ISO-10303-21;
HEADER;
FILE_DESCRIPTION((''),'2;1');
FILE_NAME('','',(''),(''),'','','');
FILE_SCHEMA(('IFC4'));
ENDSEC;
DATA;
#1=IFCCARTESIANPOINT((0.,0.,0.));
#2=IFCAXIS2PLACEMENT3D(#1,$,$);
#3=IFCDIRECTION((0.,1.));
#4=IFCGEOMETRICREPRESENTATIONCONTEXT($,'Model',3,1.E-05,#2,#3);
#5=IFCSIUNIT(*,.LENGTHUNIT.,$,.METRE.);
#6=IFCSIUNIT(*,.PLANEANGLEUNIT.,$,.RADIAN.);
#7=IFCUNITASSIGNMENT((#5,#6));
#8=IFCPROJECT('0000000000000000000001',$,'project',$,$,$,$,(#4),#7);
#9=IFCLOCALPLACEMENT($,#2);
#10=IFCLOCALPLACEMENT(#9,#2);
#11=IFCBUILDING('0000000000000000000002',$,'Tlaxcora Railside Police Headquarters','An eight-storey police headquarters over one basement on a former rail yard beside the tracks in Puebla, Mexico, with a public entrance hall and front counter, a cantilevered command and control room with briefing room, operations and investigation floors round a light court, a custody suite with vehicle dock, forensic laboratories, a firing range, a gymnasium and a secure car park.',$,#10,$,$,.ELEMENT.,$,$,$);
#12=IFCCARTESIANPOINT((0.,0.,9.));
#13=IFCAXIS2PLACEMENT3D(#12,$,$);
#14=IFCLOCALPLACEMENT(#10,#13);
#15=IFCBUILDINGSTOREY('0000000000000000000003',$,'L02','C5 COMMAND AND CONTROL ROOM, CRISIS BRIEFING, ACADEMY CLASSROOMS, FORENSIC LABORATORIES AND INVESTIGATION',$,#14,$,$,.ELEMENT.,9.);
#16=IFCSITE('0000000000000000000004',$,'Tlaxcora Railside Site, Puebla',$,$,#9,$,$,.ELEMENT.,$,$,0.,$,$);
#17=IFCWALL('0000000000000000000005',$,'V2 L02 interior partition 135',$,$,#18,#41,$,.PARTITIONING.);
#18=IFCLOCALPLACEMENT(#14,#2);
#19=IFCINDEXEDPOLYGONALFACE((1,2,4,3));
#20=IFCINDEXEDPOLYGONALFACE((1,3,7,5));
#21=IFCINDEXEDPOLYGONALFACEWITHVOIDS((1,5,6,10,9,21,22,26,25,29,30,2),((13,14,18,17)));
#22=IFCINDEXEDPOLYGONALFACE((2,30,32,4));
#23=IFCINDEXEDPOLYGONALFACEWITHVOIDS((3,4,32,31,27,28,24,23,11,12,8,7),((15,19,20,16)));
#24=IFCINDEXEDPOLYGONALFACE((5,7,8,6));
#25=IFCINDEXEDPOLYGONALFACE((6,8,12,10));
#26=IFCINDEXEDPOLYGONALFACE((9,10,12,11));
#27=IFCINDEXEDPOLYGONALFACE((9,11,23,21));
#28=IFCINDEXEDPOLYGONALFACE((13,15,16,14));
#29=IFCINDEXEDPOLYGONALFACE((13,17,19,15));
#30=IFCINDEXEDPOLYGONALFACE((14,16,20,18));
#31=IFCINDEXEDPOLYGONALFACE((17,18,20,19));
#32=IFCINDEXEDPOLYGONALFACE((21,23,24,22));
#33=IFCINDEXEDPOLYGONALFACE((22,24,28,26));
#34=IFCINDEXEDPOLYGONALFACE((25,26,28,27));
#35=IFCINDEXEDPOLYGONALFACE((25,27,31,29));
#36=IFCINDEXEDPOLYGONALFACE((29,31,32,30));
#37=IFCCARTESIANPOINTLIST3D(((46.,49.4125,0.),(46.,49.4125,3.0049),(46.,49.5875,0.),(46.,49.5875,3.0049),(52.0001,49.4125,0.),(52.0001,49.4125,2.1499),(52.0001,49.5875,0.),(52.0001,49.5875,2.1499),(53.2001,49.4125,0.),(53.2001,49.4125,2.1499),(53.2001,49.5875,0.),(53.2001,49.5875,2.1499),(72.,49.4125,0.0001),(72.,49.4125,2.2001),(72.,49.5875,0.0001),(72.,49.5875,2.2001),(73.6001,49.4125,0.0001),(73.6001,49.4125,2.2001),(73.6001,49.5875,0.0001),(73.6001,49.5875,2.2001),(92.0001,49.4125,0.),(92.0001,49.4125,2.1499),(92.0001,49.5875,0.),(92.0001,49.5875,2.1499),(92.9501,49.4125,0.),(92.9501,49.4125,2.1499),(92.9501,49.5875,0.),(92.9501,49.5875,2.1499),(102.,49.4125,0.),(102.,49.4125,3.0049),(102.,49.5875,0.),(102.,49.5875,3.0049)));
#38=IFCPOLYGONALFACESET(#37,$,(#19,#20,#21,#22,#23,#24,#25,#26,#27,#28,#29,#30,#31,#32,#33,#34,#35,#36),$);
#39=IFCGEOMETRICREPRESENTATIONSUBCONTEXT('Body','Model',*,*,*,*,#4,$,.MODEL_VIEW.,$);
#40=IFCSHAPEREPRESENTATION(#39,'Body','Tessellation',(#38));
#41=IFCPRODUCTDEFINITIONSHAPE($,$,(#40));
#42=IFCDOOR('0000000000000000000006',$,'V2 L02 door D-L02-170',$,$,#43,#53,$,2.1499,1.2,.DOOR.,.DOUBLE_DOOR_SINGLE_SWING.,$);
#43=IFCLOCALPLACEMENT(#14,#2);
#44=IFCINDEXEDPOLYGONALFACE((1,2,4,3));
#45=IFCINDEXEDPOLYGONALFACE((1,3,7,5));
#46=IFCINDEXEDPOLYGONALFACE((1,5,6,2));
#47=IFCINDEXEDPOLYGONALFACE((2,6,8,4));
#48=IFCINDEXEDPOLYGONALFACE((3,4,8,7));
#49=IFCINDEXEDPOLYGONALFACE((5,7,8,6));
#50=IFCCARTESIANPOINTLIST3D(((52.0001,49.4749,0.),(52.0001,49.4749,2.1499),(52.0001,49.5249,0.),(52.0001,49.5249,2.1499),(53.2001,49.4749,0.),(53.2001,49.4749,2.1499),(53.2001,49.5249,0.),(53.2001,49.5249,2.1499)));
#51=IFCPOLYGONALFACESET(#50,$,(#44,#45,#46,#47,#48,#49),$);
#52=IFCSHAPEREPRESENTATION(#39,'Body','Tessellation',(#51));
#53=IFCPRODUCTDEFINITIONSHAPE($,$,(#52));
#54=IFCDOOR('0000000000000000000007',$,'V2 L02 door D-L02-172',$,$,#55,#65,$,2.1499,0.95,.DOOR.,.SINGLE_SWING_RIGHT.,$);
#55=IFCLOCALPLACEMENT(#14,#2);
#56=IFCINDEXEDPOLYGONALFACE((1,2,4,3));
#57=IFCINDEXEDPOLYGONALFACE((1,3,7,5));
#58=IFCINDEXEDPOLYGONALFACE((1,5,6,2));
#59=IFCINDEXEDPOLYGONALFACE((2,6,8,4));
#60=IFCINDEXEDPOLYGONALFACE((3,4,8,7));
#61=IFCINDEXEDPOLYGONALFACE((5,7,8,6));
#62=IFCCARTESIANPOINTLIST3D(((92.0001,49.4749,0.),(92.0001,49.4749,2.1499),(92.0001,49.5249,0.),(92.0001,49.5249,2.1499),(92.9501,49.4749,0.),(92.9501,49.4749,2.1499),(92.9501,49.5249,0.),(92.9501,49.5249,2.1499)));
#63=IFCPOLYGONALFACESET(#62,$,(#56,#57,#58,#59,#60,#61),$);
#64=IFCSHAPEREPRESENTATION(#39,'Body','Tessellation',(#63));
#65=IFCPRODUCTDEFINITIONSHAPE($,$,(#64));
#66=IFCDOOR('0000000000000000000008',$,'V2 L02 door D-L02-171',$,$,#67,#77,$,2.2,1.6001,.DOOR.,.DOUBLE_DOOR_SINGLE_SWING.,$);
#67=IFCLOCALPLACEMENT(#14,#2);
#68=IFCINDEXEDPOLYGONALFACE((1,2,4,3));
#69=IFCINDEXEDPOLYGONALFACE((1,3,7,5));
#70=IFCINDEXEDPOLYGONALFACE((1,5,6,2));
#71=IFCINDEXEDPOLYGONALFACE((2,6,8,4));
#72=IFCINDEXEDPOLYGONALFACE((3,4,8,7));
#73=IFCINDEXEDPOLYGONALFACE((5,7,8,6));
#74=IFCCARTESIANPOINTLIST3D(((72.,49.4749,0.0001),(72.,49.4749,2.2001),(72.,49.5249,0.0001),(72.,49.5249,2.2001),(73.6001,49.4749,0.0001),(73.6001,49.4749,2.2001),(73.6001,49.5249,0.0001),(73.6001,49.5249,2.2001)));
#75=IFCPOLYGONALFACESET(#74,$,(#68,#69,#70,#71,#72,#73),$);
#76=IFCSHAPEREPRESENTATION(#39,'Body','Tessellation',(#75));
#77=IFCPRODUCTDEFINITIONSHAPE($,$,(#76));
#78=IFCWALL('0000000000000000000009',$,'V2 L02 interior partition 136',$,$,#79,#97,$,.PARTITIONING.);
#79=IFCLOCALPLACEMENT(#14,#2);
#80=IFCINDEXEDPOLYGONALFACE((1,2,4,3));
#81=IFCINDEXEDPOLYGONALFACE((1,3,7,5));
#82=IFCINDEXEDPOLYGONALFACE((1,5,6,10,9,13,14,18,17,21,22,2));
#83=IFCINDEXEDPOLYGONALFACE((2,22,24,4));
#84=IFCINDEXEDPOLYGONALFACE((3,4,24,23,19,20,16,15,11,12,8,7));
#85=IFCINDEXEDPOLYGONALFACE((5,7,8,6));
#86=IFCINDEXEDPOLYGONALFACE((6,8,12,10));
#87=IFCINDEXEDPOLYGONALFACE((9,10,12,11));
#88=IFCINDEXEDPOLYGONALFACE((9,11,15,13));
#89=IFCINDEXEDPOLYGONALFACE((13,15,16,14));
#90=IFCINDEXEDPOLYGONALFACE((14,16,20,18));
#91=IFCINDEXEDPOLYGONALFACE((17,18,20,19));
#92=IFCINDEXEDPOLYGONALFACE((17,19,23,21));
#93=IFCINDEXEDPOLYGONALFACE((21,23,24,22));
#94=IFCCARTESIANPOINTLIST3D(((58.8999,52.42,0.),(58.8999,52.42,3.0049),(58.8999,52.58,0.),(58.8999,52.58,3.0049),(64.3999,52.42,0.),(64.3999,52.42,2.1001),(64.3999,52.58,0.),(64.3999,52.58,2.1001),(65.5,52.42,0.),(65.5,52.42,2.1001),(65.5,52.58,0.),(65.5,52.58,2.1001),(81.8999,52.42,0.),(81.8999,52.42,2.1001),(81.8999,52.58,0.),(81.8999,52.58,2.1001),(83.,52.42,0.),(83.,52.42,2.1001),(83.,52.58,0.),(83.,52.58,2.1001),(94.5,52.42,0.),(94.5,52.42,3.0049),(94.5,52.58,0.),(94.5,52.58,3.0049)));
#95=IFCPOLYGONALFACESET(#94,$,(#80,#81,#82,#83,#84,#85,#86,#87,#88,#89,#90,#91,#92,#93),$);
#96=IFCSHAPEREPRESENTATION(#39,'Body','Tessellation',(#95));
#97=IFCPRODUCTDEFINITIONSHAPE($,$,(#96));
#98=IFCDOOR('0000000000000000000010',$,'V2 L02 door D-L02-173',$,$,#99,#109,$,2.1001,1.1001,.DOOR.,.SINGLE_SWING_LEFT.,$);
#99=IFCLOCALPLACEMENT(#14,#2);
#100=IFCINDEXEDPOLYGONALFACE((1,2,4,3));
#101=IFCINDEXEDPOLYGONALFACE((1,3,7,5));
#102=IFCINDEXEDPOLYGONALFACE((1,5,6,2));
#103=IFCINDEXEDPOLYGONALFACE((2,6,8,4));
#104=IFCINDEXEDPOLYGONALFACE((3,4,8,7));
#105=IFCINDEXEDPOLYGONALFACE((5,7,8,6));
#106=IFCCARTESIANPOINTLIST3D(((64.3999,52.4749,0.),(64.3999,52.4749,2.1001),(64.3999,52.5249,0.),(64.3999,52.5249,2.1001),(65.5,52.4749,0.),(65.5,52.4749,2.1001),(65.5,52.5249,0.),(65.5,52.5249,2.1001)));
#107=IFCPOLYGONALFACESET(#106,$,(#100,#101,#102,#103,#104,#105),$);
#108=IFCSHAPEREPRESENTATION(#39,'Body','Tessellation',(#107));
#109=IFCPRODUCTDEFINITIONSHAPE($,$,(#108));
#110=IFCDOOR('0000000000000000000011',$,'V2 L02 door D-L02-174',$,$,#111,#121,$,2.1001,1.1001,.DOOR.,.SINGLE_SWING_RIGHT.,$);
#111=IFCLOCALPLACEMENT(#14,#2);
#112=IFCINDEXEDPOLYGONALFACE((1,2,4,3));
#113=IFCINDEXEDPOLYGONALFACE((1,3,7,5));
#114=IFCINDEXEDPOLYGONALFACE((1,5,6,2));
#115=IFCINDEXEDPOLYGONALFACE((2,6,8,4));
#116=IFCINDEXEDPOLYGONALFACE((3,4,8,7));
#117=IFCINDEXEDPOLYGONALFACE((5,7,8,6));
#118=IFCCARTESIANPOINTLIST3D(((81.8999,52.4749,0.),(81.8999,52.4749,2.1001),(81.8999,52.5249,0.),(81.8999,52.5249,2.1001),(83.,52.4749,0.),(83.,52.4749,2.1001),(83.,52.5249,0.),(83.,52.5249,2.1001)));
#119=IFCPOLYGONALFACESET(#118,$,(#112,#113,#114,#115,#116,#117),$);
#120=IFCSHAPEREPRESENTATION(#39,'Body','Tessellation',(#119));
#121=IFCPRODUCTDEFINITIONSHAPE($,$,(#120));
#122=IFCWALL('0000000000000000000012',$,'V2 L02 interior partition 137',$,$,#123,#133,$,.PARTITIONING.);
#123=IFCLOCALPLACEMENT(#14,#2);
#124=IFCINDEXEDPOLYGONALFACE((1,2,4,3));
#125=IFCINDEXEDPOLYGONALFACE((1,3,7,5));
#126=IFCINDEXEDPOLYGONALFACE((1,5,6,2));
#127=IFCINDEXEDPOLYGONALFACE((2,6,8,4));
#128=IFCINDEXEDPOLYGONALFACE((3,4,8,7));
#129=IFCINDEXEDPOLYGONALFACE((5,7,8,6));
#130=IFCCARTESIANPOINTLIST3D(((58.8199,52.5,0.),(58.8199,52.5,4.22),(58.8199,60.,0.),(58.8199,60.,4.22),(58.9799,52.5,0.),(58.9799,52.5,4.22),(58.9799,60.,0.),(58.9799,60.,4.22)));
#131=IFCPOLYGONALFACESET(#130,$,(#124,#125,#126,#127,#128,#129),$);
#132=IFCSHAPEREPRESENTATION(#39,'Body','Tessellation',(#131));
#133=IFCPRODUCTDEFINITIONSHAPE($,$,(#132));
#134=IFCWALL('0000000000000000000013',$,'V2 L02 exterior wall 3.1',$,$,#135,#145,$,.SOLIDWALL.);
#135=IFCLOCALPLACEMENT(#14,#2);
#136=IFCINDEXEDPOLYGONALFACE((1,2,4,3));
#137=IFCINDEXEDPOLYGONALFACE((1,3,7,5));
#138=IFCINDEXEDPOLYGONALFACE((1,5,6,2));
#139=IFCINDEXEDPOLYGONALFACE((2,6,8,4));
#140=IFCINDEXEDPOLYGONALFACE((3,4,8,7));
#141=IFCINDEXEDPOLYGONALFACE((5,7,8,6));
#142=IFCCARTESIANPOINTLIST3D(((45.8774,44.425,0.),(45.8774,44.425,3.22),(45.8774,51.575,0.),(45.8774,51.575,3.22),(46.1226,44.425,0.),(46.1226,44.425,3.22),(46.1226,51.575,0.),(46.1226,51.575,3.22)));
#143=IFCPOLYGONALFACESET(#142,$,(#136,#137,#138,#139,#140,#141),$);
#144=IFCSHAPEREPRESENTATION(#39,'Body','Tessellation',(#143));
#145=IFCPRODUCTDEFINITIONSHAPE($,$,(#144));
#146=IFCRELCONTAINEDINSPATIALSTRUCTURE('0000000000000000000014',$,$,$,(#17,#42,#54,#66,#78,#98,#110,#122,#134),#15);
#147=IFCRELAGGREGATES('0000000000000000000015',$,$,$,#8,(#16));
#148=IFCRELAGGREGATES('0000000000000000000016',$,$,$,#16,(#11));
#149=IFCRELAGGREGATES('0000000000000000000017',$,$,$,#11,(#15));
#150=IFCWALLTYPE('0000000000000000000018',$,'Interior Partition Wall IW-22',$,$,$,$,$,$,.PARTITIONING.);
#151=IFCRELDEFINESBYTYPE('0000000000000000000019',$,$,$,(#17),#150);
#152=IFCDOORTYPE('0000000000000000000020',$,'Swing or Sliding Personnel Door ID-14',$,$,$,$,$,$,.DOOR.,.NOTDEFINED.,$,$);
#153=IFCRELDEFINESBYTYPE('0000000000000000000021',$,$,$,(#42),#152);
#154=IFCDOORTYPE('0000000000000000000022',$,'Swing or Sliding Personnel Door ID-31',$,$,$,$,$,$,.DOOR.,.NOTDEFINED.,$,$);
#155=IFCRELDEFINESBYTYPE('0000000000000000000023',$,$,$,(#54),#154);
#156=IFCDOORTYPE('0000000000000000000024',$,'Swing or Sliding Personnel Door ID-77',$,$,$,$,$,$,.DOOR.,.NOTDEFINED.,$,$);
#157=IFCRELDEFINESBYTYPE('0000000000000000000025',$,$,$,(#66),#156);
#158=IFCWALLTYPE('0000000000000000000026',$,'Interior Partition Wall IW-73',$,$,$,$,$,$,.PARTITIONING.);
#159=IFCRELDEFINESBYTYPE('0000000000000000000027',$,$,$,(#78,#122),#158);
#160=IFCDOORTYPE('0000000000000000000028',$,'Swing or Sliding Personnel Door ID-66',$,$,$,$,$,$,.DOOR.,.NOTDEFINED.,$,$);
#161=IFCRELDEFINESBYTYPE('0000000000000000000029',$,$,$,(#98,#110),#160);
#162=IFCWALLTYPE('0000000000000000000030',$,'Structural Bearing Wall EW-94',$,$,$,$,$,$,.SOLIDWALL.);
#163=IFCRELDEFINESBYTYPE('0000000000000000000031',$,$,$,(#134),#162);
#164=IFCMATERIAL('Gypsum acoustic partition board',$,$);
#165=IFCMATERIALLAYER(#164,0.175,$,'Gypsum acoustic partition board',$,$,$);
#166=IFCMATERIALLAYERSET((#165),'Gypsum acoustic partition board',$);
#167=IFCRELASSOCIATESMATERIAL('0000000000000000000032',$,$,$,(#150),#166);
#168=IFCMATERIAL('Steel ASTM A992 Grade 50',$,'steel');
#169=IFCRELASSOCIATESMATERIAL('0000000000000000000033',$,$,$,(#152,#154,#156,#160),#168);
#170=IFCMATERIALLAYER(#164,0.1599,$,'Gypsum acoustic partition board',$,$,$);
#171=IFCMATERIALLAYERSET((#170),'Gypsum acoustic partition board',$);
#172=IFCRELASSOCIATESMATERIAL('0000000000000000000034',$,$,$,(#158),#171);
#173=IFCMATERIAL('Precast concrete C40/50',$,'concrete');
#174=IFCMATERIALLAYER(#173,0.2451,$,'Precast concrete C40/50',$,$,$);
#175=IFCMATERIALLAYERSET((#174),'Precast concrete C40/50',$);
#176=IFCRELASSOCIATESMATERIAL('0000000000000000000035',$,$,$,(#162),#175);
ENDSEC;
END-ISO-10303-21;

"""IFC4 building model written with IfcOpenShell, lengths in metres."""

from ifc_helpers import new_model, si_unit, direction, frame, frame_2d, origin, place, context, subcontext, project, spatial, rectangle, extrude, material, layer, layer_set, type_object, element, fill, save


model = new_model("IFC4")

# Units and contexts
model_context = context("Model", 3, precision=1e-05, world=origin(), true_north=direction((0.0, 1.0)))
body_context = subcontext(model_context, "Body", "Model", "MODEL_VIEW")
ifc_project = project(units=[si_unit("LENGTHUNIT", "METRE"), si_unit("PLANEANGLEUNIT", "RADIAN")], contexts=[model_context])

# Site, building, storey
site_placement = place(None, origin())
site = spatial("IfcSite", under=ifc_project, at=site_placement, Name="Tlaxcora Railside Site, Puebla", CompositionType="ELEMENT", RefElevation=0.0)
building_placement = place(site_placement, origin())
building = spatial("IfcBuilding", under=site, at=building_placement, Name="Tlaxcora Railside Police Headquarters", Description="An eight-storey police headquarters over one basement on a former rail yard beside the tracks in Puebla, Mexico, with a public entrance hall and front counter, a cantilevered command and control room with briefing room, operations and investigation floors round a light court, a custody suite with vehicle dock, forensic laboratories, a firing range, a gymnasium and a secure car park.", CompositionType="ELEMENT")
storey_placement = place(building_placement, frame((0.0, 0.0, 9.0)))
storey = spatial("IfcBuildingStorey", under=building, at=storey_placement, Name="L02", Description="C5 COMMAND AND CONTROL ROOM, CRISIS BRIEFING, ACADEMY CLASSROOMS, FORENSIC LABORATORIES AND INVESTIGATION", CompositionType="ELEMENT", Elevation=9.0)

# Shared definitions
ifc_material_1 = material(Name="Steel ASTM A992 Grade 50", Category="steel")

# Walls, openings, doors
ifc_material_2 = material(Name="Gypsum acoustic partition board")
ifc_layer_1 = layer(ifc_material_2, 0.175, Name="Gypsum acoustic partition board")
ifc_layer_set_1 = layer_set([ifc_layer_1], Name="Gypsum acoustic partition board")
wall_type_1 = type_object("IfcWallType", Name="Interior Partition Wall IW-22", PredefinedType="PARTITIONING", material=ifc_layer_set_1)
wall_1_placement = place(storey_placement, frame((46.0, 49.5, 0.0), z_axis=(0.0, 0.0, 1.0), x_axis=(1.0, 0.0, 0.0)))
wall_1 = element("IfcWall", 1, at=wall_1_placement, inside=storey, type_object=wall_type_1, Name="V2 L02 interior partition 135", PredefinedType="PARTITIONING", context=body_context, shape_type="SweptSolid", body=[
    extrude(rectangle(XDim=56.0, YDim=0.175, at=frame_2d((28.0, 0.0))), origin(), (0.0, 0.0, 1.0), 3.0049),
])
opening_1_placement = place(wall_1_placement, frame((6.0, 0.0, 0.0)))
opening_1 = element("IfcOpeningElement", 2, at=opening_1_placement, cuts=wall_1, PredefinedType="OPENING", context=body_context, shape_type="SweptSolid", body=[
    extrude(rectangle(XDim=1.2, YDim=2.1499, at=frame_2d((0.6001, 1.075))), frame((0.0, 0.0977, 0.0), z_axis=(0.0, -1.0, 0.0), x_axis=(1.0, 0.0, 0.0)), (0.0, 0.0, 1.0), 0.1951),
])
opening_2_placement = place(wall_1_placement, frame((26.0, 0.0, 0.0)))
opening_2 = element("IfcOpeningElement", 3, at=opening_2_placement, cuts=wall_1, PredefinedType="OPENING", context=body_context, shape_type="SweptSolid", body=[
    extrude(rectangle(XDim=1.6001, YDim=2.2, at=frame_2d((0.8, 1.1001))), frame((0.0, 0.0977, 0.0), z_axis=(0.0, -1.0, 0.0), x_axis=(1.0, 0.0, 0.0)), (0.0, 0.0, 1.0), 0.1951),
])
opening_3_placement = place(wall_1_placement, frame((46.0, 0.0, 0.0)))
opening_3 = element("IfcOpeningElement", 4, at=opening_3_placement, cuts=wall_1, PredefinedType="OPENING", context=body_context, shape_type="SweptSolid", body=[
    extrude(rectangle(XDim=0.95, YDim=2.1499, at=frame_2d((0.4751, 1.075))), frame((0.0, 0.0977, 0.0), z_axis=(0.0, -1.0, 0.0), x_axis=(1.0, 0.0, 0.0)), (0.0, 0.0, 1.0), 0.1951),
])
door_type_1 = type_object("IfcDoorType", Name="Swing or Sliding Personnel Door ID-14", OperationType="NOTDEFINED", PredefinedType="DOOR", material=ifc_material_1)
door_1_placement = place(opening_1_placement, origin())
door_1 = element("IfcDoor", 5, at=door_1_placement, inside=storey, type_object=door_type_1, Name="V2 L02 door D-L02-170", OperationType="DOUBLE_DOOR_SINGLE_SWING", OverallHeight=2.1499, OverallWidth=1.2, PredefinedType="DOOR", context=body_context, shape_type="SweptSolid", body=[
    extrude(rectangle(XDim=1.2, YDim=2.1499, at=frame_2d((0.6001, 1.075))), frame((0.0, 0.0249, 0.0), z_axis=(0.0, -1.0, 0.0), x_axis=(1.0, 0.0, 0.0)), (0.0, 0.0, 1.0), 0.05),
])
fill(opening_1, door_1)
door_type_2 = type_object("IfcDoorType", Name="Swing or Sliding Personnel Door ID-31", OperationType="NOTDEFINED", PredefinedType="DOOR", material=ifc_material_1)
door_2_placement = place(opening_3_placement, origin())
door_2 = element("IfcDoor", 6, at=door_2_placement, inside=storey, type_object=door_type_2, Name="V2 L02 door D-L02-172", OperationType="SINGLE_SWING_RIGHT", OverallHeight=2.1499, OverallWidth=0.95, PredefinedType="DOOR", context=body_context, shape_type="SweptSolid", body=[
    extrude(rectangle(XDim=0.95, YDim=2.1499, at=frame_2d((0.4751, 1.075))), frame((0.0, 0.0249, 0.0), z_axis=(0.0, -1.0, 0.0), x_axis=(1.0, 0.0, 0.0)), (0.0, 0.0, 1.0), 0.05),
])
fill(opening_3, door_2)
door_type_3 = type_object("IfcDoorType", Name="Swing or Sliding Personnel Door ID-77", OperationType="NOTDEFINED", PredefinedType="DOOR", material=ifc_material_1)
door_3_placement = place(opening_2_placement, origin())
door_3 = element("IfcDoor", 7, at=door_3_placement, inside=storey, type_object=door_type_3, Name="V2 L02 door D-L02-171", OperationType="DOUBLE_DOOR_SINGLE_SWING", OverallHeight=2.2, OverallWidth=1.6001, PredefinedType="DOOR", context=body_context, shape_type="SweptSolid", body=[
    extrude(rectangle(XDim=1.6001, YDim=2.2, at=frame_2d((0.8, 1.1001))), frame((0.0, 0.0249, 0.0), z_axis=(0.0, -1.0, 0.0), x_axis=(1.0, 0.0, 0.0)), (0.0, 0.0, 1.0), 0.05),
])
fill(opening_2, door_3)
ifc_layer_2 = layer(ifc_material_2, 0.1599, Name="Gypsum acoustic partition board")
ifc_layer_set_2 = layer_set([ifc_layer_2], Name="Gypsum acoustic partition board")
wall_type_2 = type_object("IfcWallType", Name="Interior Partition Wall IW-73", PredefinedType="PARTITIONING", material=ifc_layer_set_2)
wall_2_placement = place(storey_placement, frame((58.8999, 52.5, 0.0), z_axis=(0.0, 0.0, 1.0), x_axis=(1.0, 0.0, 0.0)))
wall_2 = element("IfcWall", 8, at=wall_2_placement, inside=storey, type_object=wall_type_2, Name="V2 L02 interior partition 136", PredefinedType="PARTITIONING", context=body_context, shape_type="SweptSolid", body=[
    extrude(rectangle(XDim=35.6001, YDim=0.1599, at=frame_2d((17.8, 0.0))), origin(), (0.0, 0.0, 1.0), 3.0049),
])
opening_4_placement = place(wall_2_placement, frame((5.5, 0.0, 0.0)))
opening_4 = element("IfcOpeningElement", 9, at=opening_4_placement, cuts=wall_2, PredefinedType="OPENING", context=body_context, shape_type="SweptSolid", body=[
    extrude(rectangle(XDim=1.1001, YDim=2.1001, at=frame_2d((0.55, 1.05))), frame((0.0, 0.0898, 0.0), z_axis=(0.0, -1.0, 0.0), x_axis=(1.0, 0.0, 0.0)), (0.0, 0.0, 1.0), 0.1799),
])
opening_5_placement = place(wall_2_placement, frame((23.0, 0.0, 0.0)))
opening_5 = element("IfcOpeningElement", 10, at=opening_5_placement, cuts=wall_2, PredefinedType="OPENING", context=body_context, shape_type="SweptSolid", body=[
    extrude(rectangle(XDim=1.1001, YDim=2.1001, at=frame_2d((0.55, 1.05))), frame((0.0, 0.0898, 0.0), z_axis=(0.0, -1.0, 0.0), x_axis=(1.0, 0.0, 0.0)), (0.0, 0.0, 1.0), 0.1799),
])
door_type_4 = type_object("IfcDoorType", Name="Swing or Sliding Personnel Door ID-66", OperationType="NOTDEFINED", PredefinedType="DOOR", material=ifc_material_1)
door_4_placement = place(opening_4_placement, origin())
door_4 = element("IfcDoor", 11, at=door_4_placement, inside=storey, type_object=door_type_4, Name="V2 L02 door D-L02-173", OperationType="SINGLE_SWING_LEFT", OverallHeight=2.1001, OverallWidth=1.1001, PredefinedType="DOOR", context=body_context, shape_type="SweptSolid", body=[
    extrude(rectangle(XDim=1.1001, YDim=2.1001, at=frame_2d((0.55, 1.05))), frame((0.0, 0.0249, 0.0), z_axis=(0.0, -1.0, 0.0), x_axis=(1.0, 0.0, 0.0)), (0.0, 0.0, 1.0), 0.05),
])
fill(opening_4, door_4)
door_5_placement = place(opening_5_placement, origin())
door_5 = element("IfcDoor", 12, at=door_5_placement, inside=storey, type_object=door_type_4, Name="V2 L02 door D-L02-174", OperationType="SINGLE_SWING_RIGHT", OverallHeight=2.1001, OverallWidth=1.1001, PredefinedType="DOOR", context=body_context, shape_type="SweptSolid", body=[
    extrude(rectangle(XDim=1.1001, YDim=2.1001, at=frame_2d((0.55, 1.05))), frame((0.0, 0.0249, 0.0), z_axis=(0.0, -1.0, 0.0), x_axis=(1.0, 0.0, 0.0)), (0.0, 0.0, 1.0), 0.05),
])
fill(opening_5, door_5)

# Walls
wall_3_placement = place(storey_placement, frame((58.8999, 52.5, 0.0), z_axis=(0.0, 0.0, 1.0), x_axis=(0.0, 1.0, 0.0)))
element("IfcWall", 13, at=wall_3_placement, inside=storey, type_object=wall_type_2, Name="V2 L02 interior partition 137", PredefinedType="PARTITIONING", context=body_context, shape_type="SweptSolid", body=[
    extrude(rectangle(XDim=7.5, YDim=0.1599, at=frame_2d((3.75, 0.0))), origin(), (0.0, 0.0, 1.0), 4.22),
])
ifc_material_3 = material(Name="Precast concrete C40/50", Category="concrete")
ifc_layer_3 = layer(ifc_material_3, 0.2451, Name="Precast concrete C40/50")
ifc_layer_set_3 = layer_set([ifc_layer_3], Name="Precast concrete C40/50")
wall_type_3 = type_object("IfcWallType", Name="Structural Bearing Wall EW-94", PredefinedType="SOLIDWALL", material=ifc_layer_set_3)
wall_4_placement = place(storey_placement, frame((46.0, 51.575, 0.0), z_axis=(0.0, 0.0, 1.0), x_axis=(0.0, -1.0, 0.0)))
element("IfcWall", 14, at=wall_4_placement, inside=storey, type_object=wall_type_3, Name="V2 L02 exterior wall 3.1", PredefinedType="SOLIDWALL", context=body_context, shape_type="SweptSolid", body=[
    extrude(rectangle(XDim=7.1499, YDim=0.2451, at=frame_2d((3.575, 0.0))), origin(), (0.0, 0.0, 1.0), 3.22),
])

save(model, "model.ifc")
